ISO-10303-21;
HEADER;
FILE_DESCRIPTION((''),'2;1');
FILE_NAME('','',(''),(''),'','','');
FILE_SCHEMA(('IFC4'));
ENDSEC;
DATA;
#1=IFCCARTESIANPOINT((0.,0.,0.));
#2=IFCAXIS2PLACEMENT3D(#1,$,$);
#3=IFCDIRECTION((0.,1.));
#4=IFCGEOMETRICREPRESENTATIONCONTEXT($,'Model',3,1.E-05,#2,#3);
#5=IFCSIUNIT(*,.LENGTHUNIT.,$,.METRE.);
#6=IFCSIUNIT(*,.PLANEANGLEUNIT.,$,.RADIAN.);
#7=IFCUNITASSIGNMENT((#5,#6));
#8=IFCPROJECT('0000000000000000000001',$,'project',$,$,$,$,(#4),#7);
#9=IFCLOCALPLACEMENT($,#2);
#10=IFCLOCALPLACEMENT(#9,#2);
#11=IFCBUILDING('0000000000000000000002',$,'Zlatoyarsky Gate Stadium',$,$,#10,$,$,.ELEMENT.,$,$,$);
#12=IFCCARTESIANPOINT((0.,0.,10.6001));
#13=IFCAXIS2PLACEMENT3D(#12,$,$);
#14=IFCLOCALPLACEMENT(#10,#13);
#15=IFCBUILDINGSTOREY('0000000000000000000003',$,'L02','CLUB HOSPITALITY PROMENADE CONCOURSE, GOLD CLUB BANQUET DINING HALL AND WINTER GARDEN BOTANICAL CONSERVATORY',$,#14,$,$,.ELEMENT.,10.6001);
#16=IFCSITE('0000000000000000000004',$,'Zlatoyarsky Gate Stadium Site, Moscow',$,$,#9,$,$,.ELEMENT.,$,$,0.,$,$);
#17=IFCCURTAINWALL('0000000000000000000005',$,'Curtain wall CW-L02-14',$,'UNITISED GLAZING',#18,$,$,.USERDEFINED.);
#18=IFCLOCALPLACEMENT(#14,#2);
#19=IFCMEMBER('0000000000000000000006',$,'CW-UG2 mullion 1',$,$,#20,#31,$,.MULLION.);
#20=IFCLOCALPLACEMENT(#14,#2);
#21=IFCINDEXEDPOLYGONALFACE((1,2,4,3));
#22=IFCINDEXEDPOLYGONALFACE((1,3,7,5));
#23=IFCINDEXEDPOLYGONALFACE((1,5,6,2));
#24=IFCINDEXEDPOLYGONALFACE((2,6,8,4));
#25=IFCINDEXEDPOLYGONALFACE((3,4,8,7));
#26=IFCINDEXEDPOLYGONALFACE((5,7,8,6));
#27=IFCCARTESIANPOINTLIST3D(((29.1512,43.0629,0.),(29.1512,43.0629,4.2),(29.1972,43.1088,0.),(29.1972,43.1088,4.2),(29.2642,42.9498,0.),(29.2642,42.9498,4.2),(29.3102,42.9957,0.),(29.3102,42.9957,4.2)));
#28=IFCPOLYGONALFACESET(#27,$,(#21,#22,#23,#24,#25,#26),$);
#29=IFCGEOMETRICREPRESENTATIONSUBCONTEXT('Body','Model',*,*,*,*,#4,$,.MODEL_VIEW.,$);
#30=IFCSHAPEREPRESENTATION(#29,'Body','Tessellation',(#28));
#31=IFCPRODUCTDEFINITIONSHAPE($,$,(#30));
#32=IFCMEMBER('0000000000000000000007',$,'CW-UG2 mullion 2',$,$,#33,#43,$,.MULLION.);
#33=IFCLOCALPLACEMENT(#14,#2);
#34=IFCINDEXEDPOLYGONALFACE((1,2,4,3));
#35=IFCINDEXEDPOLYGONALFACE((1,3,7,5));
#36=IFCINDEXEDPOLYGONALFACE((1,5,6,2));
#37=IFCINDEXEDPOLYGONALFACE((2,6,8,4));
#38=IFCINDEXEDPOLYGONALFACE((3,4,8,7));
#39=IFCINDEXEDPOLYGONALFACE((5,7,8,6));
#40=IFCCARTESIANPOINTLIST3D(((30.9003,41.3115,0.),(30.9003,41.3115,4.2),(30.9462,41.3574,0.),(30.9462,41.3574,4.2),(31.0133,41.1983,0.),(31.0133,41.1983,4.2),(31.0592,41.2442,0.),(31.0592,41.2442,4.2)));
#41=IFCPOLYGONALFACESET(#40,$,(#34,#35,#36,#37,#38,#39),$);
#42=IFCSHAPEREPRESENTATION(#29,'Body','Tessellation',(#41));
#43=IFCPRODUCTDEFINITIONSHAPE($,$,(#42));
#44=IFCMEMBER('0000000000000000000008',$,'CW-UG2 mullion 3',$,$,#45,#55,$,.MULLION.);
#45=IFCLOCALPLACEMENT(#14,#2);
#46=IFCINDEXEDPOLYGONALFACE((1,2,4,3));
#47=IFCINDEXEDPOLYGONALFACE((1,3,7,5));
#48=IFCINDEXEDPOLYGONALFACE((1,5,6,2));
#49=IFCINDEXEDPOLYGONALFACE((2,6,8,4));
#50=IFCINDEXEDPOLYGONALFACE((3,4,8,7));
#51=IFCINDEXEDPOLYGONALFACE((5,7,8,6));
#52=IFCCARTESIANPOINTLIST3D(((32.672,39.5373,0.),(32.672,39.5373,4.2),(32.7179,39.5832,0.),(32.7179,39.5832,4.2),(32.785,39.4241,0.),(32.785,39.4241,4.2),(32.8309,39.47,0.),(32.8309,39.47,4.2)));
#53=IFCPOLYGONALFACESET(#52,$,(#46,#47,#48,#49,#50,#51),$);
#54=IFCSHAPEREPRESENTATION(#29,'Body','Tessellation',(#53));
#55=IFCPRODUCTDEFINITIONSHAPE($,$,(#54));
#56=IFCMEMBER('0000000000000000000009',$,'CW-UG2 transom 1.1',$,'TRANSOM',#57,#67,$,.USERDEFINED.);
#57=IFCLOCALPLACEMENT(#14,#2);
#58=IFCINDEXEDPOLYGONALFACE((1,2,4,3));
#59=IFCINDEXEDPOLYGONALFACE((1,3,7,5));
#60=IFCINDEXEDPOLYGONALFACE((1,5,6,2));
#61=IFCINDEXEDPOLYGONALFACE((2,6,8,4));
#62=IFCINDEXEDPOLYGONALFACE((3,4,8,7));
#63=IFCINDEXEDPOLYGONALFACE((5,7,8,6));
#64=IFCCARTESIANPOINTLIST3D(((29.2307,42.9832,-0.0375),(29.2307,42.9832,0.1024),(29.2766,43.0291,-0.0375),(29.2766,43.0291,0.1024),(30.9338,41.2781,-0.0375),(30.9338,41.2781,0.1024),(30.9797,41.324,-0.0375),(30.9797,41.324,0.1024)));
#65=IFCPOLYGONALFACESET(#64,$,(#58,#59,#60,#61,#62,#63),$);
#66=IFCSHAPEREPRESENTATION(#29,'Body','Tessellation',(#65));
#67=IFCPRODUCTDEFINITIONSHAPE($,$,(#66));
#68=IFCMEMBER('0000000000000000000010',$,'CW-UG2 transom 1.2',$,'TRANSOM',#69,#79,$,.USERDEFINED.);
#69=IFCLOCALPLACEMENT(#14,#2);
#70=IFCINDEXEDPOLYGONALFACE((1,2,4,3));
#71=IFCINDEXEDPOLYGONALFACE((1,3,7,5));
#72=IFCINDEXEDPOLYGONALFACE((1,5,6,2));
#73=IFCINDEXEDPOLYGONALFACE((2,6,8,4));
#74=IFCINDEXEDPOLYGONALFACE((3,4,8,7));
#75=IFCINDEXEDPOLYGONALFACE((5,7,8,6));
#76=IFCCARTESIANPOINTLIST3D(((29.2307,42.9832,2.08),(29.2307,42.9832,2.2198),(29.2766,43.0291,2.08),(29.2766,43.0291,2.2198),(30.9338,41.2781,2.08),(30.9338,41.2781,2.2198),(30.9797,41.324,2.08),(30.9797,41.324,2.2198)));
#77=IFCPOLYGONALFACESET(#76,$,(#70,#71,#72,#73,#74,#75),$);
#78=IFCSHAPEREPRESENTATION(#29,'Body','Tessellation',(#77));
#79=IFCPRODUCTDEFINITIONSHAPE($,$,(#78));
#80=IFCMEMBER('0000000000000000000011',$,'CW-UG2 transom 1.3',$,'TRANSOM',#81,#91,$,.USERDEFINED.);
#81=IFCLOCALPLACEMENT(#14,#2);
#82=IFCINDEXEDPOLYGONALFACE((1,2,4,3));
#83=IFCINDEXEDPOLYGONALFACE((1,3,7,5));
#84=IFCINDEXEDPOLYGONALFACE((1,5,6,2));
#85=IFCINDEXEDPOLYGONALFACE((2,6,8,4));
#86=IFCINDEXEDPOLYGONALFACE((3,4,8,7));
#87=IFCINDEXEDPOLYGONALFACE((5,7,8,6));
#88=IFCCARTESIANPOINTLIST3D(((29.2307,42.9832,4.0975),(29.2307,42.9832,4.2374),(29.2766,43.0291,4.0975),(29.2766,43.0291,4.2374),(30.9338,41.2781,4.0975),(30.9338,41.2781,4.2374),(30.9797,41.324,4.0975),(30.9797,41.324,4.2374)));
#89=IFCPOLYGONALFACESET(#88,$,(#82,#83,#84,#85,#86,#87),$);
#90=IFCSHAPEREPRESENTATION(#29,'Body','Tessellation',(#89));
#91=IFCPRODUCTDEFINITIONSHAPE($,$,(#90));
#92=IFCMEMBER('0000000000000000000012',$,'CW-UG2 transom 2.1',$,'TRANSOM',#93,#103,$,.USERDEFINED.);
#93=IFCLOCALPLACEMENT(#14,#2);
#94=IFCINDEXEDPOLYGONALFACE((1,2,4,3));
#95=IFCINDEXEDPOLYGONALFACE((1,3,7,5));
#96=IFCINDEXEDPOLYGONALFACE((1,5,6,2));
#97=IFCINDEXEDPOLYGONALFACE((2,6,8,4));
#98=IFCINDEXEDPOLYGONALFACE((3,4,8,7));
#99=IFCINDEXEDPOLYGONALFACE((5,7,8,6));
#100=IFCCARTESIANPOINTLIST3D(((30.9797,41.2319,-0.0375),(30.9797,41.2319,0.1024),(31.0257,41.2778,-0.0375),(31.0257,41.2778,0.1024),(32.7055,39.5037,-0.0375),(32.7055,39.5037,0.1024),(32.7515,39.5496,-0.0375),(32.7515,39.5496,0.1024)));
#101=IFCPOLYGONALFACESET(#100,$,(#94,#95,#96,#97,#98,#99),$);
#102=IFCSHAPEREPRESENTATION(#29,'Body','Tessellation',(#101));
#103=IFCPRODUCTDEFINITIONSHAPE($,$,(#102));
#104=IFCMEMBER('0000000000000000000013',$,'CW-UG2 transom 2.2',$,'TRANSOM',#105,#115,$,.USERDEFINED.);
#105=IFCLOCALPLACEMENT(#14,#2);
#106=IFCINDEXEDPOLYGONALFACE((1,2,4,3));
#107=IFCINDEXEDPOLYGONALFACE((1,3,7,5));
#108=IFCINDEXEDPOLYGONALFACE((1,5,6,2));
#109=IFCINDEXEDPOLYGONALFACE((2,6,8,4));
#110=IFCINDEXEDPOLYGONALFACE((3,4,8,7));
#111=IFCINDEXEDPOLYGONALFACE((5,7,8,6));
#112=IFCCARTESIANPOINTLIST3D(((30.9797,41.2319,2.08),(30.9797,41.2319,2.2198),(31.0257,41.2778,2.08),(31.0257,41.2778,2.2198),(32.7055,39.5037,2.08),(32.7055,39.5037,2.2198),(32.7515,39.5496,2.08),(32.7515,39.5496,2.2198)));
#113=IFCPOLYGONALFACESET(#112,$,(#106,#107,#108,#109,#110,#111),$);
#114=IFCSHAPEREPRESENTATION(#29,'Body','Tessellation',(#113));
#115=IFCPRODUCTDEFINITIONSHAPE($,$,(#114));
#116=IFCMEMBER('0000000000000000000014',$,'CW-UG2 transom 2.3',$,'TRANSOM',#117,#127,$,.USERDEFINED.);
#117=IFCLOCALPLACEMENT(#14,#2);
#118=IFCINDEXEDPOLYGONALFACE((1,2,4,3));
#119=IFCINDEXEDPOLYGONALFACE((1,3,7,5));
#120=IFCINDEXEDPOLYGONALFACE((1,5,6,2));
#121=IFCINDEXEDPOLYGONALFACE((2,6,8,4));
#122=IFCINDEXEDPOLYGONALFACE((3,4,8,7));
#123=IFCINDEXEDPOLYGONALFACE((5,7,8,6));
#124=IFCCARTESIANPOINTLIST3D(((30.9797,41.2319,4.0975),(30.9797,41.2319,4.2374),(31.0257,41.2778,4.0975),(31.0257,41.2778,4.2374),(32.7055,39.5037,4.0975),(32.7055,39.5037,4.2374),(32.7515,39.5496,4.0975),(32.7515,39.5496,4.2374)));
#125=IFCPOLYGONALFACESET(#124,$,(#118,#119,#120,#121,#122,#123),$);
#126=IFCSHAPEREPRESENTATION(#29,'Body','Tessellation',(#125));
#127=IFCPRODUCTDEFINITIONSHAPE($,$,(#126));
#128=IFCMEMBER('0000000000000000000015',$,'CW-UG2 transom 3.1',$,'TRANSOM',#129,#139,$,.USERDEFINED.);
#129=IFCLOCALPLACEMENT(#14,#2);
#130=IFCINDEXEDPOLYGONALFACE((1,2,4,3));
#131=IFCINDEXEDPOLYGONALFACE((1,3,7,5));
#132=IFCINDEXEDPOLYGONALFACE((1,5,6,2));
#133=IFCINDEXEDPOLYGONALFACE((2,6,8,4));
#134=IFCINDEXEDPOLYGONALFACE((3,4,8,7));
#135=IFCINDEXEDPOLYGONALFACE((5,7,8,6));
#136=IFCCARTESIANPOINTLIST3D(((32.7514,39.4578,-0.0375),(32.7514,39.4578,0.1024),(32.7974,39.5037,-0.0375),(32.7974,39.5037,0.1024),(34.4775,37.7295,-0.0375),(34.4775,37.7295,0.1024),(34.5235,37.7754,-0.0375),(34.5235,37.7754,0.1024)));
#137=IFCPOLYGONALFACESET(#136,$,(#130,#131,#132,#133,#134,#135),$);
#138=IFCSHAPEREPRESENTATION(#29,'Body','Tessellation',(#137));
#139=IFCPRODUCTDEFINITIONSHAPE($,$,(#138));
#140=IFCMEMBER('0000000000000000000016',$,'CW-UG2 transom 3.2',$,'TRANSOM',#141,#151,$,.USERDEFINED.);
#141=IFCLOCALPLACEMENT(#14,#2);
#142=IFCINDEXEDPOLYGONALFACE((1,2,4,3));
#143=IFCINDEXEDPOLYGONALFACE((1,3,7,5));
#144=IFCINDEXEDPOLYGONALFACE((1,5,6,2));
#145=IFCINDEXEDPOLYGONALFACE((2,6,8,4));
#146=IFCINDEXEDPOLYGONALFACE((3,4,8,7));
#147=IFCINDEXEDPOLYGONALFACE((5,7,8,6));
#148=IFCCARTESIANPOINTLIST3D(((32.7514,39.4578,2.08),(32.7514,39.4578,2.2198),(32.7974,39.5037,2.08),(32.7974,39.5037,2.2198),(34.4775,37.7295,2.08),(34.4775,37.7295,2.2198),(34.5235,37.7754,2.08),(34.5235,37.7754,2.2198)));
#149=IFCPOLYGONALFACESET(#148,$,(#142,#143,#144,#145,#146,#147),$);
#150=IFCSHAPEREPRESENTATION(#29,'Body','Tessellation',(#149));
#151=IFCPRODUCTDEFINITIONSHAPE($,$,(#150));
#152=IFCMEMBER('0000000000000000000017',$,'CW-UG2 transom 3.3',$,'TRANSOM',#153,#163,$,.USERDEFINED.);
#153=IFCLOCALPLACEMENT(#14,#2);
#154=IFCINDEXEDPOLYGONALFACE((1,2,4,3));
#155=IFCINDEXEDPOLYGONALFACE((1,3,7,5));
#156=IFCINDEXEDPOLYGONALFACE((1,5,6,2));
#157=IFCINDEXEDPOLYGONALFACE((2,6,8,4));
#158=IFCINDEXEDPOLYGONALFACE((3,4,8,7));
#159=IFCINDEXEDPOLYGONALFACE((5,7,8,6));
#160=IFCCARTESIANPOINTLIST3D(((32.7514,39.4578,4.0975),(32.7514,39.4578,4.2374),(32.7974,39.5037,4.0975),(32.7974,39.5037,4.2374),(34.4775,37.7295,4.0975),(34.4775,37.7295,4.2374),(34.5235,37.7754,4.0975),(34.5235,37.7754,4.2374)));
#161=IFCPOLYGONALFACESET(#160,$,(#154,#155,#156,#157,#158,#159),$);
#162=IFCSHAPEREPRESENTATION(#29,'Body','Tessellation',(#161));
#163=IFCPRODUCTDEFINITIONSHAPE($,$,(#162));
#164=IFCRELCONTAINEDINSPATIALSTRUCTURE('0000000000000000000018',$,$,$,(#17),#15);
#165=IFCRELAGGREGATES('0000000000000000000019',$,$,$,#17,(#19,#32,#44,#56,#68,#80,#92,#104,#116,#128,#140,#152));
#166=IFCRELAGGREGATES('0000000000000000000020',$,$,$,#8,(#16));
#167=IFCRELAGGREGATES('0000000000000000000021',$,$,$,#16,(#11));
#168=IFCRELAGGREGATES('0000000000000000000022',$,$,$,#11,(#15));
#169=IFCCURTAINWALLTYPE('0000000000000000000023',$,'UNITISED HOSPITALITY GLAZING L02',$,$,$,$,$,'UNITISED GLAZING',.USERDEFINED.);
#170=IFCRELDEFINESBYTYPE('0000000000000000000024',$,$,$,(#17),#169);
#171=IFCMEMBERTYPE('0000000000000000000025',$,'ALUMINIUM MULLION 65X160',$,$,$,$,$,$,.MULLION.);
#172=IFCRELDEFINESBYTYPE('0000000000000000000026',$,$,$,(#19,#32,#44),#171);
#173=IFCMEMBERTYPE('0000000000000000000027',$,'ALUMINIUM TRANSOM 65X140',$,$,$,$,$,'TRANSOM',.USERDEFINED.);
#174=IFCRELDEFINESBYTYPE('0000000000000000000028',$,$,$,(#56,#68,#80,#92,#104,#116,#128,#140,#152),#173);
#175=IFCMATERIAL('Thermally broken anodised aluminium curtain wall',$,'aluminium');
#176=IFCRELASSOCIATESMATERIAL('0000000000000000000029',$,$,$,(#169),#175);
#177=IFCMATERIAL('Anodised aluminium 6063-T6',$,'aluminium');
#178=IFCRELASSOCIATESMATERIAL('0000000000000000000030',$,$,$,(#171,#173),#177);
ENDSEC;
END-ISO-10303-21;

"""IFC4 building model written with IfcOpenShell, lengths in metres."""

from ifc_helpers import new_model, si_unit, direction, frame, origin, origin_2d, place, context, subcontext, project, spatial, rectangle, extrude, material, material_profile, profile_set, type_object, element, aggregate, save


model = new_model("IFC4")

# Units and contexts
model_context = context("Model", 3, precision=1e-05, world=origin(), true_north=direction((0.0, 1.0)))
body_context = subcontext(model_context, "Body", "Model", "MODEL_VIEW")
ifc_project = project(units=[si_unit("LENGTHUNIT", "METRE"), si_unit("PLANEANGLEUNIT", "RADIAN")], contexts=[model_context])

# Site, building, storey
site_placement = place(None, origin())
site = spatial("IfcSite", under=ifc_project, at=site_placement, Name="Zlatoyarsky Gate Stadium Site, Moscow", CompositionType="ELEMENT", RefElevation=0.0)
building_placement = place(site_placement, origin())
building = spatial("IfcBuilding", under=site, at=building_placement, Name="Zlatoyarsky Gate Stadium", CompositionType="ELEMENT")
storey_placement = place(building_placement, frame((0.0, 0.0, 10.6001)))
storey = spatial("IfcBuildingStorey", under=building, at=storey_placement, Name="L02", Description="CLUB HOSPITALITY PROMENADE CONCOURSE, GOLD CLUB BANQUET DINING HALL AND WINTER GARDEN BOTANICAL CONSERVATORY", CompositionType="ELEMENT", Elevation=10.6001)

# Curtain wall, members
ifc_material_1 = material(Name="Thermally broken anodised aluminium curtain wall", Category="aluminium")
curtain_wall_type = type_object("IfcCurtainWallType", Name="UNITISED HOSPITALITY GLAZING L02", ElementType="UNITISED GLAZING", PredefinedType="USERDEFINED", material=ifc_material_1)
curtain_wall_placement = place(storey_placement, origin())
curtain_wall = element("IfcCurtainWall", 1, at=curtain_wall_placement, inside=storey, type_object=curtain_wall_type, Name="Curtain wall CW-L02-14", ObjectType="UNITISED GLAZING", PredefinedType="USERDEFINED")
ifc_material_2 = material(Name="Anodised aluminium 6063-T6", Category="aluminium")
ifc_material_profile_1 = material_profile(ifc_material_2, rectangle(XDim=0.0649, YDim=0.1599, at=origin_2d()), Name="ALU 65X160")
ifc_profile_set_1 = profile_set([ifc_material_profile_1], Name="Anodised aluminium 6063-T6")
member_type_1 = type_object("IfcMemberType", Name="ALUMINIUM MULLION 65X160", PredefinedType="MULLION", material=ifc_profile_set_1)
member_1_placement = place(storey_placement, frame((29.2307, 43.0293, 0.0), z_axis=(0.0, 0.0, 1.0), x_axis=(0.707588, 0.706626, 0.0)))
member_1 = element("IfcMember", 2, at=member_1_placement, type_object=member_type_1, Name="CW-UG2 mullion 1", PredefinedType="MULLION", context=body_context, shape_type="SweptSolid", body=[
    extrude(rectangle(XDim=0.0649, YDim=0.1599, at=origin_2d()), origin(), (0.0, 0.0, 1.0), 4.2),
])
member_2_placement = place(storey_placement, frame((30.9797, 41.2778, 0.0), z_axis=(0.0, 0.0, 1.0), x_axis=(0.707588, 0.706626, 0.0)))
member_2 = element("IfcMember", 3, at=member_2_placement, type_object=member_type_1, Name="CW-UG2 mullion 2", PredefinedType="MULLION", context=body_context, shape_type="SweptSolid", body=[
    extrude(rectangle(XDim=0.0649, YDim=0.1599, at=origin_2d()), origin(), (0.0, 0.0, 1.0), 4.2),
])
member_3_placement = place(storey_placement, frame((32.7515, 39.5037, 0.0), z_axis=(0.0, 0.0, 1.0), x_axis=(0.707588, 0.706626, 0.0)))
member_3 = element("IfcMember", 4, at=member_3_placement, type_object=member_type_1, Name="CW-UG2 mullion 3", PredefinedType="MULLION", context=body_context, shape_type="SweptSolid", body=[
    extrude(rectangle(XDim=0.0649, YDim=0.1599, at=origin_2d()), origin(), (0.0, 0.0, 1.0), 4.2),
])
ifc_material_profile_2 = material_profile(ifc_material_2, rectangle(XDim=0.0649, YDim=0.1399, at=origin_2d()), Name="ALU 65X140")
ifc_profile_set_2 = profile_set([ifc_material_profile_2], Name="Anodised aluminium 6063-T6")
member_type_2 = type_object("IfcMemberType", Name="ALUMINIUM TRANSOM 65X140", ElementType="TRANSOM", PredefinedType="USERDEFINED", material=ifc_profile_set_2)
member_4_placement = place(storey_placement, frame((29.2537, 43.0061, 0.0325), z_axis=(0.706701, -0.707512, 0.0), x_axis=(0.707512, 0.706701, 0.0)))
member_4 = element("IfcMember", 5, at=member_4_placement, type_object=member_type_2, Name="CW-UG2 transom 1.1", ObjectType="TRANSOM", PredefinedType="USERDEFINED", context=body_context, shape_type="SweptSolid", body=[
    extrude(rectangle(XDim=0.0649, YDim=0.1399, at=origin_2d()), origin(), (0.0, 0.0, 1.0), 2.4099),
])
member_5_placement = place(storey_placement, frame((29.2537, 43.0061, 2.1499), z_axis=(0.706701, -0.707512, 0.0), x_axis=(0.707512, 0.706701, 0.0)))
member_5 = element("IfcMember", 6, at=member_5_placement, type_object=member_type_2, Name="CW-UG2 transom 1.2", ObjectType="TRANSOM", PredefinedType="USERDEFINED", context=body_context, shape_type="SweptSolid", body=[
    extrude(rectangle(XDim=0.0649, YDim=0.1399, at=origin_2d()), origin(), (0.0, 0.0, 1.0), 2.4099),
])
member_6_placement = place(storey_placement, frame((29.2537, 43.0061, 4.1675), z_axis=(0.706701, -0.707512, 0.0), x_axis=(0.707512, 0.706701, 0.0)))
member_6 = element("IfcMember", 7, at=member_6_placement, type_object=member_type_2, Name="CW-UG2 transom 1.3", ObjectType="TRANSOM", PredefinedType="USERDEFINED", context=body_context, shape_type="SweptSolid", body=[
    extrude(rectangle(XDim=0.0649, YDim=0.1399, at=origin_2d()), origin(), (0.0, 0.0, 1.0), 2.4099),
])
member_7_placement = place(storey_placement, frame((31.0027, 41.2549, 0.0325), z_axis=(0.706607, -0.707606, 0.0), x_axis=(0.707606, 0.706607, 0.0)))
member_7 = element("IfcMember", 8, at=member_7_placement, type_object=member_type_2, Name="CW-UG2 transom 2.1", ObjectType="TRANSOM", PredefinedType="USERDEFINED", context=body_context, shape_type="SweptSolid", body=[
    extrude(rectangle(XDim=0.0649, YDim=0.1399, at=origin_2d()), origin(), (0.0, 0.0, 1.0), 2.4424),
])
member_8_placement = place(storey_placement, frame((31.0027, 41.2549, 2.1499), z_axis=(0.706607, -0.707606, 0.0), x_axis=(0.707606, 0.706607, 0.0)))
member_8 = element("IfcMember", 9, at=member_8_placement, type_object=member_type_2, Name="CW-UG2 transom 2.2", ObjectType="TRANSOM", PredefinedType="USERDEFINED", context=body_context, shape_type="SweptSolid", body=[
    extrude(rectangle(XDim=0.0649, YDim=0.1399, at=origin_2d()), origin(), (0.0, 0.0, 1.0), 2.4424),
])
member_9_placement = place(storey_placement, frame((31.0027, 41.2549, 4.1675), z_axis=(0.706607, -0.707606, 0.0), x_axis=(0.707606, 0.706607, 0.0)))
member_9 = element("IfcMember", 10, at=member_9_placement, type_object=member_type_2, Name="CW-UG2 transom 2.3", ObjectType="TRANSOM", PredefinedType="USERDEFINED", context=body_context, shape_type="SweptSolid", body=[
    extrude(rectangle(XDim=0.0649, YDim=0.1399, at=origin_2d()), origin(), (0.0, 0.0, 1.0), 2.4424),
])
member_10_placement = place(storey_placement, frame((32.7744, 39.4807, 0.0325), z_axis=(0.706657, -0.707556, 0.0), x_axis=(0.707556, 0.706657, 0.0)))
member_10 = element("IfcMember", 11, at=member_10_placement, type_object=member_type_2, Name="CW-UG2 transom 3.1", ObjectType="TRANSOM", PredefinedType="USERDEFINED", context=body_context, shape_type="SweptSolid", body=[
    extrude(rectangle(XDim=0.0649, YDim=0.1399, at=origin_2d()), origin(), (0.0, 0.0, 1.0), 2.4426),
])
member_11_placement = place(storey_placement, frame((32.7744, 39.4807, 2.1499), z_axis=(0.706657, -0.707556, 0.0), x_axis=(0.707556, 0.706657, 0.0)))
member_11 = element("IfcMember", 12, at=member_11_placement, type_object=member_type_2, Name="CW-UG2 transom 3.2", ObjectType="TRANSOM", PredefinedType="USERDEFINED", context=body_context, shape_type="SweptSolid", body=[
    extrude(rectangle(XDim=0.0649, YDim=0.1399, at=origin_2d()), origin(), (0.0, 0.0, 1.0), 2.4426),
])
member_12_placement = place(storey_placement, frame((32.7744, 39.4807, 4.1675), z_axis=(0.706657, -0.707556, 0.0), x_axis=(0.707556, 0.706657, 0.0)))
member_12 = element("IfcMember", 13, at=member_12_placement, type_object=member_type_2, Name="CW-UG2 transom 3.3", ObjectType="TRANSOM", PredefinedType="USERDEFINED", context=body_context, shape_type="SweptSolid", body=[
    extrude(rectangle(XDim=0.0649, YDim=0.1399, at=origin_2d()), origin(), (0.0, 0.0, 1.0), 2.4426),
])

aggregate(curtain_wall, [member_1, member_2, member_3, member_4, member_5, member_6, member_7, member_8, member_9, member_10, member_11, member_12])

save(model, "model.ifc")
